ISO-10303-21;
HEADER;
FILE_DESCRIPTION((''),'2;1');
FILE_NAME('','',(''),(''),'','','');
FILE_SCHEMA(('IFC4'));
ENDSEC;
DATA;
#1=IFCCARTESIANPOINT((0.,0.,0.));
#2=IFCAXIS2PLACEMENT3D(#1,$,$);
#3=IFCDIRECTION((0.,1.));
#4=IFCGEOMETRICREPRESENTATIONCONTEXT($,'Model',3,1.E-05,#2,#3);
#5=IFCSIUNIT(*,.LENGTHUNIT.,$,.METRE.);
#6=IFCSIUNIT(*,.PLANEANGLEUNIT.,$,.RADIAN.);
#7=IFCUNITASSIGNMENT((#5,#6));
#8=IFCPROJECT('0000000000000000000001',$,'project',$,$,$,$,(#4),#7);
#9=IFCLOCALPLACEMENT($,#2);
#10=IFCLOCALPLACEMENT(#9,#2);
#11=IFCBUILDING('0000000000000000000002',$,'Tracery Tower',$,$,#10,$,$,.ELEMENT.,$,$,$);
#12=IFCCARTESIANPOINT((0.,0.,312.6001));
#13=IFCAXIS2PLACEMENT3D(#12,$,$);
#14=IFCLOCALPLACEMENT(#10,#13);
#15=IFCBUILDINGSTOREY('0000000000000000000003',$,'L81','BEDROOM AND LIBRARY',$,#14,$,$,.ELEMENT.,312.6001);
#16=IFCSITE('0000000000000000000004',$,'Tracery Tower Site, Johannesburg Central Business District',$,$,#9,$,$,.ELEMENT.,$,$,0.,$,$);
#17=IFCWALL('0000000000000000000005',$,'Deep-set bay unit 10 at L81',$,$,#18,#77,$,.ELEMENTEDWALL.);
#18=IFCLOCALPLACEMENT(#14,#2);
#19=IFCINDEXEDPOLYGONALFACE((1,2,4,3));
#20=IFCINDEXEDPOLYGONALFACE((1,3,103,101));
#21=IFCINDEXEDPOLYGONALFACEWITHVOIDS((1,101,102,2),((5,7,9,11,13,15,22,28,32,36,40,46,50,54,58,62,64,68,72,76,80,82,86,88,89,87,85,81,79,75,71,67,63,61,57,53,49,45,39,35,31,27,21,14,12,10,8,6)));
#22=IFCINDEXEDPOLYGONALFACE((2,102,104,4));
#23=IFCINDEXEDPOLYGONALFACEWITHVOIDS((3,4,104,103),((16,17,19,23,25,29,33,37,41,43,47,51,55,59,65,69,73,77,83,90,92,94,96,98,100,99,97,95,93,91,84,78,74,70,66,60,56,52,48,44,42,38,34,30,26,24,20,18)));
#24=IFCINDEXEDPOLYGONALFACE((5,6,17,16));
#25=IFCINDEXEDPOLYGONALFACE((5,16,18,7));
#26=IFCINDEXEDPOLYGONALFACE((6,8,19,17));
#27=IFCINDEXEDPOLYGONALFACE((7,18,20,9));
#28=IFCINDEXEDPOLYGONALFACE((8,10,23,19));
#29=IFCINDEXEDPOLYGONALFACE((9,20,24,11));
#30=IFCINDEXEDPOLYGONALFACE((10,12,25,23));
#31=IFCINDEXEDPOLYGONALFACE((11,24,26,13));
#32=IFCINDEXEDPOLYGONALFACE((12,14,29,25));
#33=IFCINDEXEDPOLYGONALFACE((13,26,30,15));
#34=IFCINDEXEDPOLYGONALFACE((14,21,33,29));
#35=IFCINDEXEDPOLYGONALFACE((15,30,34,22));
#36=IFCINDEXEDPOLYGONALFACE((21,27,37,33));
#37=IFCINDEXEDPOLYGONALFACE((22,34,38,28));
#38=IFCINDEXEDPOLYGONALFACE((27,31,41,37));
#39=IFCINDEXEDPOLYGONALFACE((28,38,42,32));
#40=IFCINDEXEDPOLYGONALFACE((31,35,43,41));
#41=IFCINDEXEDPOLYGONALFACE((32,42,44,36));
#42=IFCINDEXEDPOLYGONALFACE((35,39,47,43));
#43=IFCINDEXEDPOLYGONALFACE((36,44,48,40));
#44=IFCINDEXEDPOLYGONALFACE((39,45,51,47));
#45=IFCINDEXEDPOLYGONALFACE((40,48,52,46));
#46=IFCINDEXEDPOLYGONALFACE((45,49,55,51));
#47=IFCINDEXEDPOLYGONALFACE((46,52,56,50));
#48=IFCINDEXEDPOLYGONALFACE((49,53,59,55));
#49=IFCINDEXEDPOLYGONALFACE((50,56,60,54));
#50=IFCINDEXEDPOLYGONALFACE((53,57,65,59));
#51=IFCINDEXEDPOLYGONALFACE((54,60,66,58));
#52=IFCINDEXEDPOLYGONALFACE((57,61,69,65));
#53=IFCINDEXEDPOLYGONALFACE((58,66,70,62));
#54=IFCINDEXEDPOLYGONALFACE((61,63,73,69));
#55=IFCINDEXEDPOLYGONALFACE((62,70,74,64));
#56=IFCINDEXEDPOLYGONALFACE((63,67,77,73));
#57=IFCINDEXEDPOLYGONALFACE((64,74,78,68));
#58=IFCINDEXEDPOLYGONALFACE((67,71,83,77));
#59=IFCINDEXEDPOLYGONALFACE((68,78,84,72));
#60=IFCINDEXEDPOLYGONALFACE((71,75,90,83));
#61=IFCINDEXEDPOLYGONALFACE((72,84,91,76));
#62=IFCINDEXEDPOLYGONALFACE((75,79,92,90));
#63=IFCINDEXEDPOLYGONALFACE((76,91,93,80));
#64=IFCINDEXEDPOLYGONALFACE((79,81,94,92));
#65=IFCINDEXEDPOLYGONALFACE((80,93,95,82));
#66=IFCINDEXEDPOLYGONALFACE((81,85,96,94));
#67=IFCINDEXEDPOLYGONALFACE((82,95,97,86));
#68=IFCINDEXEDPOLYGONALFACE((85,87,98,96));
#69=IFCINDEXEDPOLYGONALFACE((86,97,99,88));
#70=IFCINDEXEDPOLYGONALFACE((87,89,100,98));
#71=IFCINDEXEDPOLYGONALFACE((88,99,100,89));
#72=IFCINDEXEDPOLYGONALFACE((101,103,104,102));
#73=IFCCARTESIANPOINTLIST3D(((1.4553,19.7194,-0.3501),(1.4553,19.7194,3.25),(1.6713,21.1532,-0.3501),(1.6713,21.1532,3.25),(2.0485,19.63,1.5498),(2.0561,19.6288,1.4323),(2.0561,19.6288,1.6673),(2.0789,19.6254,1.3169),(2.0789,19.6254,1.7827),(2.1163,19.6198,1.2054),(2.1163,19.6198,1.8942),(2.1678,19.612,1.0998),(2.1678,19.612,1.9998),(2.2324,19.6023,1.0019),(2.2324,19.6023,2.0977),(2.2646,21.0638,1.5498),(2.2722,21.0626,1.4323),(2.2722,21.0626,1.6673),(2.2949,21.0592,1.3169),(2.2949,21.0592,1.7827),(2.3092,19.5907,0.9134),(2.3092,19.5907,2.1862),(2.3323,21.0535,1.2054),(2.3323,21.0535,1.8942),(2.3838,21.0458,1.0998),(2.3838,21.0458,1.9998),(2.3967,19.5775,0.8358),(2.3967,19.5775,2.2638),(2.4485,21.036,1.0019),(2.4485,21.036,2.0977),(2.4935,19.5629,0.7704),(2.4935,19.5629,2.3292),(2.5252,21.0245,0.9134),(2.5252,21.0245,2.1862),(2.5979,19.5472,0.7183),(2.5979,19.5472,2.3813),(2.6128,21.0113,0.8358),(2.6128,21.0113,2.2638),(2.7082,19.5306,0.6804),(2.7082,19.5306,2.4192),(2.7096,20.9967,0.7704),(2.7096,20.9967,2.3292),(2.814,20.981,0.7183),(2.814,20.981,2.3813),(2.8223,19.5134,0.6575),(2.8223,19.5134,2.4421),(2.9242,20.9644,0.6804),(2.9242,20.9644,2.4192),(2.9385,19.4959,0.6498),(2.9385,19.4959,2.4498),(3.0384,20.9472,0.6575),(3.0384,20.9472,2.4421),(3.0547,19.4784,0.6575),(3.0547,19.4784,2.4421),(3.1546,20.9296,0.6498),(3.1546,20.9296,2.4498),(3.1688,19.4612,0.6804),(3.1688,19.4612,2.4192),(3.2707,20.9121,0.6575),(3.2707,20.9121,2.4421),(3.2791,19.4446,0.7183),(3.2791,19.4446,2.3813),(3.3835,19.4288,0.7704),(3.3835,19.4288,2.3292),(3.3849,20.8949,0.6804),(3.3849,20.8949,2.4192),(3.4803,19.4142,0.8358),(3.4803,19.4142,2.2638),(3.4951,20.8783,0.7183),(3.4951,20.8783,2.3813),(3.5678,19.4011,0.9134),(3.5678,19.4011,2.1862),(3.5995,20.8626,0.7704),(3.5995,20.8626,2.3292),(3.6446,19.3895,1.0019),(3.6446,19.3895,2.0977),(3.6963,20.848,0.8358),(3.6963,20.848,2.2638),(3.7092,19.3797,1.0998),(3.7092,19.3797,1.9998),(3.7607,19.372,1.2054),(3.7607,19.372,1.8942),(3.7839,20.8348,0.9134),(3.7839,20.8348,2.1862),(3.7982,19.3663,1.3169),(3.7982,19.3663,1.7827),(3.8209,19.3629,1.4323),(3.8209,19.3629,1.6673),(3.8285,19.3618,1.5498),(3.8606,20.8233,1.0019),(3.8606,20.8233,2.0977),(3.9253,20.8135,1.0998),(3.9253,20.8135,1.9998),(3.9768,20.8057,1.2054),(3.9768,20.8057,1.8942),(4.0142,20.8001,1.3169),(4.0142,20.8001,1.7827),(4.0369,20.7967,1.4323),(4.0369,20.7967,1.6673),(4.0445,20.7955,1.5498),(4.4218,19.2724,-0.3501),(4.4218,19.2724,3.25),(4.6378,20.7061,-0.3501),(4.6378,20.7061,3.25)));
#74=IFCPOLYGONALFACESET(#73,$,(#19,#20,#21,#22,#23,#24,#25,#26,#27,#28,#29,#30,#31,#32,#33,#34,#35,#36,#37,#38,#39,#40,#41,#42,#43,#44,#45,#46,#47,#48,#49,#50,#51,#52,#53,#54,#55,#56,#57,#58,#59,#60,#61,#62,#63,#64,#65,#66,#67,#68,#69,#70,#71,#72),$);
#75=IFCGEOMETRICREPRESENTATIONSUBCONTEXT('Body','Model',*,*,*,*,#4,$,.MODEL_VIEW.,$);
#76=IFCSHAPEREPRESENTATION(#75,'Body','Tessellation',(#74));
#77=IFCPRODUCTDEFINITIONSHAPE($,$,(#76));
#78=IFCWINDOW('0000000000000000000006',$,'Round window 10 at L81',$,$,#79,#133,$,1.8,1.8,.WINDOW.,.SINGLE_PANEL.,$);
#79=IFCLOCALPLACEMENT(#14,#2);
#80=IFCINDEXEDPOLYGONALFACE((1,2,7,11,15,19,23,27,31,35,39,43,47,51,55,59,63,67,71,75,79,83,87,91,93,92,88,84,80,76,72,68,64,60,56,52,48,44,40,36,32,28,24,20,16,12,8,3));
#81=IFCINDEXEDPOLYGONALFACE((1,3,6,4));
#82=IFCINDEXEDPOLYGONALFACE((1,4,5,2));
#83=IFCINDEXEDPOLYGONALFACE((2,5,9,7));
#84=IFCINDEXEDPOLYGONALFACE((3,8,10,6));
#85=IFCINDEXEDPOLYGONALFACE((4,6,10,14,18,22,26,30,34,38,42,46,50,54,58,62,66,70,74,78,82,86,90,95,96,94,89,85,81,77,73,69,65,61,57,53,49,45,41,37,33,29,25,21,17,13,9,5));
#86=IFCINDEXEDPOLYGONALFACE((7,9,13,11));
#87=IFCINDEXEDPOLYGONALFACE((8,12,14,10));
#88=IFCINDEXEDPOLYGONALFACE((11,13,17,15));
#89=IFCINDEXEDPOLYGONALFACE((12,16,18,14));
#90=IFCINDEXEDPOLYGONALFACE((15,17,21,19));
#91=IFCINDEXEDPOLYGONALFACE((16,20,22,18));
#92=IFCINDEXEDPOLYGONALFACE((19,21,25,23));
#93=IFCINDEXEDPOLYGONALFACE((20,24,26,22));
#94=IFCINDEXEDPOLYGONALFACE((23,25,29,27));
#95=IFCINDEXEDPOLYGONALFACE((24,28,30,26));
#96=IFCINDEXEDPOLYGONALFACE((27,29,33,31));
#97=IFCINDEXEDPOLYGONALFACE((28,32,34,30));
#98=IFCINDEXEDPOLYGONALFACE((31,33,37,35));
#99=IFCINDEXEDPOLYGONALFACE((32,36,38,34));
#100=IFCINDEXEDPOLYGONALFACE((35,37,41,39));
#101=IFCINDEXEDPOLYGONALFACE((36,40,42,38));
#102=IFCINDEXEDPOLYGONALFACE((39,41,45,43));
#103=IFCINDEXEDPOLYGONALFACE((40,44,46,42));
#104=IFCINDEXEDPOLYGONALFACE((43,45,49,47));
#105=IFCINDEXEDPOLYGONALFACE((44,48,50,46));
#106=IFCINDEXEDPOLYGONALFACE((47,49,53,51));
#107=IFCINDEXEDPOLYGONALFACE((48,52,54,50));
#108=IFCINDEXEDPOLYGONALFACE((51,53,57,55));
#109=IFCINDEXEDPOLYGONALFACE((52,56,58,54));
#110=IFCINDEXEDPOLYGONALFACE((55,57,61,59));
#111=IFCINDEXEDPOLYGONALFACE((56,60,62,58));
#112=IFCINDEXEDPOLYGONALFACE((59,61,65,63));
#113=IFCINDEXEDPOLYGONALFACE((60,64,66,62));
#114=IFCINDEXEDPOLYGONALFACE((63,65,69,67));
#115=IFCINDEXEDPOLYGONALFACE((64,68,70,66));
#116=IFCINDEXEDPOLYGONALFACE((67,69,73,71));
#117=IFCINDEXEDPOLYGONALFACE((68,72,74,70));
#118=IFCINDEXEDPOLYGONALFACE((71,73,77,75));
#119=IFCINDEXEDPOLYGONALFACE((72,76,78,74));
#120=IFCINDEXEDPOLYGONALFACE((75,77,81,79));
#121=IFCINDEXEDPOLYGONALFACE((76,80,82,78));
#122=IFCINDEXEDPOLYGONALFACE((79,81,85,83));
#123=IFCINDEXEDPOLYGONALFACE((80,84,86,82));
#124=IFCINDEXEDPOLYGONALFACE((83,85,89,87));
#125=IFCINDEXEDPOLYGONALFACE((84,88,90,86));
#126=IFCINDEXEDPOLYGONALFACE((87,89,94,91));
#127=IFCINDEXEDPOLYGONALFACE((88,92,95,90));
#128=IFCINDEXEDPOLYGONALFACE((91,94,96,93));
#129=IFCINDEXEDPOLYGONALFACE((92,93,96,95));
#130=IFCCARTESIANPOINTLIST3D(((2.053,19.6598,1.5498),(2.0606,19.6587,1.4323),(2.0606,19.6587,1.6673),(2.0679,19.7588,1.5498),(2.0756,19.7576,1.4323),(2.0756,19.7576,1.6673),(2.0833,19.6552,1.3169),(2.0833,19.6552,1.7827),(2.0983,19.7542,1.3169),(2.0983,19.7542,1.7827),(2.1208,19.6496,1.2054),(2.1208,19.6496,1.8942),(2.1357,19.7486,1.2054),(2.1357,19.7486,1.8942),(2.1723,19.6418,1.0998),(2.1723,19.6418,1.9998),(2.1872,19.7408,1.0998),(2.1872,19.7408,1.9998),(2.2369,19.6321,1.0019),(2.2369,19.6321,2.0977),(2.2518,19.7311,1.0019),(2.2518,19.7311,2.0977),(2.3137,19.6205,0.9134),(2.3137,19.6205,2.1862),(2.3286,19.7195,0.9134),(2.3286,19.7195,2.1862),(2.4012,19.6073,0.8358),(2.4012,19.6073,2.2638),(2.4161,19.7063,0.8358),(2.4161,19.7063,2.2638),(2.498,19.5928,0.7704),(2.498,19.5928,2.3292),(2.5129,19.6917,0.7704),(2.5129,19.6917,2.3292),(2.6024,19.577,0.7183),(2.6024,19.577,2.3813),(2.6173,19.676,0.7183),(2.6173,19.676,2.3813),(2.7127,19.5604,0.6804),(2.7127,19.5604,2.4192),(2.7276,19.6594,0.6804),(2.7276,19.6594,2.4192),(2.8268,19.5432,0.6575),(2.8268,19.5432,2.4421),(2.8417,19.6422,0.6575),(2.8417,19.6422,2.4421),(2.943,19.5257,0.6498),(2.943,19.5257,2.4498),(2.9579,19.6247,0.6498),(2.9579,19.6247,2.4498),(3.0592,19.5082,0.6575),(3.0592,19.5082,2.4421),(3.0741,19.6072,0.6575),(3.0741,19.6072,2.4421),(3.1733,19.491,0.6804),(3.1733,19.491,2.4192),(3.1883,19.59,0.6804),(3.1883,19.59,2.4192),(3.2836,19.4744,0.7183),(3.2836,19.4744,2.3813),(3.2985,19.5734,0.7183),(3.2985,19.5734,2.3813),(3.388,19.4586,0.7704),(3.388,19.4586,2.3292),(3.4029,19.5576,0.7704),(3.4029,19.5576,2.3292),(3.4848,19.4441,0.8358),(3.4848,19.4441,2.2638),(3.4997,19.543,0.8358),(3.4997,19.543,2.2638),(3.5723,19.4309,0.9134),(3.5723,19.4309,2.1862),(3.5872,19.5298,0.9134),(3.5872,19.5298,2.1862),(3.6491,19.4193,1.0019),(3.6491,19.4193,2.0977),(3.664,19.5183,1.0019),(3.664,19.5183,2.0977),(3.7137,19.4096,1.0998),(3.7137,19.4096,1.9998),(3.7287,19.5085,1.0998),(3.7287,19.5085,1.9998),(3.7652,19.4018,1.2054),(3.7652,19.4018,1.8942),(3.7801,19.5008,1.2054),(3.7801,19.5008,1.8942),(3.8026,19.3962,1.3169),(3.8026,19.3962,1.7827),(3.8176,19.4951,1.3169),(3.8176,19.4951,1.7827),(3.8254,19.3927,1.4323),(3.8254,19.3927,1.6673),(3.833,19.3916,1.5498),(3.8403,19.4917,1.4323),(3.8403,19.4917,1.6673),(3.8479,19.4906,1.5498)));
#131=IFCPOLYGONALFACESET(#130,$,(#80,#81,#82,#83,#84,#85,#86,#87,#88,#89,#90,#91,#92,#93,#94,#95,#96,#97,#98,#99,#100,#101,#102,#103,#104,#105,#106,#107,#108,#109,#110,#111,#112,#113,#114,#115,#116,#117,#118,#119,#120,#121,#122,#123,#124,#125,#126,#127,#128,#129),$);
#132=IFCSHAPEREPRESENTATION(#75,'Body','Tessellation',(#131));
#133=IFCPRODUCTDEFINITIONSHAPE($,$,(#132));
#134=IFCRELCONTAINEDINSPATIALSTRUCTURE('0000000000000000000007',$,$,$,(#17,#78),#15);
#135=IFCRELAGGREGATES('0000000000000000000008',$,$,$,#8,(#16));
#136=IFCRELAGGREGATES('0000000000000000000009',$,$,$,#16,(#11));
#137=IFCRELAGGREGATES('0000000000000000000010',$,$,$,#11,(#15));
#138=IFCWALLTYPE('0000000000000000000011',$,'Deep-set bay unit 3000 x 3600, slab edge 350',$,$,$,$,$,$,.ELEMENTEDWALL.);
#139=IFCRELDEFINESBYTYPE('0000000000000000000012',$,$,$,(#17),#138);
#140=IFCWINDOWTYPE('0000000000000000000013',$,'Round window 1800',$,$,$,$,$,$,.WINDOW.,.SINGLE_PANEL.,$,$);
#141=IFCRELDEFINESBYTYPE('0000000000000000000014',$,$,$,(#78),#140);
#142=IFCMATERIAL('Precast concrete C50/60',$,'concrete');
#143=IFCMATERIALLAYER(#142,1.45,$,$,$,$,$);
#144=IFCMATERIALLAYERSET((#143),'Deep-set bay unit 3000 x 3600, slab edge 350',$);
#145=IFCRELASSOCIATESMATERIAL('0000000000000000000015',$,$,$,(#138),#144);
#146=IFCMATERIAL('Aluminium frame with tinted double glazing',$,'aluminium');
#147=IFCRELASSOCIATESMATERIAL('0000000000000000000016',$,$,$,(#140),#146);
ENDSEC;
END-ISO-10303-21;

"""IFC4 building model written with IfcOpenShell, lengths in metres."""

from ifc_helpers import new_model, si_unit, direction, frame, frame_2d, origin, origin_2d, place, context, subcontext, project, spatial, rectangle, circle, extrude, material, layer, layer_set, type_object, element, fill, save


model = new_model("IFC4")

# Units and contexts
model_context = context("Model", 3, precision=1e-05, world=origin(), true_north=direction((0.0, 1.0)))
body_context = subcontext(model_context, "Body", "Model", "MODEL_VIEW")
ifc_project = project(units=[si_unit("LENGTHUNIT", "METRE"), si_unit("PLANEANGLEUNIT", "RADIAN")], contexts=[model_context])

# Site, building, storey
site_placement = place(None, origin())
site = spatial("IfcSite", under=ifc_project, at=site_placement, Name="Tracery Tower Site, Johannesburg Central Business District", CompositionType="ELEMENT", RefElevation=0.0)
building_placement = place(site_placement, origin())
building = spatial("IfcBuilding", under=site, at=building_placement, Name="Tracery Tower", CompositionType="ELEMENT")
storey_placement = place(building_placement, frame((0.0, 0.0, 312.6001)))
storey = spatial("IfcBuildingStorey", under=building, at=storey_placement, Name="L81", Description="BEDROOM AND LIBRARY", CompositionType="ELEMENT", Elevation=312.6001)

# Wall, opening, window
ifc_material_1 = material(Name="Precast concrete C50/60", Category="concrete")
ifc_layer_1 = layer(ifc_material_1, 1.45)
ifc_layer_set_1 = layer_set([ifc_layer_1], Name="Deep-set bay unit 3000 x 3600, slab edge 350")
wall_type_1 = type_object("IfcWallType", Name="Deep-set bay unit 3000 x 3600, slab edge 350", PredefinedType="ELEMENTEDWALL", material=ifc_layer_set_1)
wall_1_placement = place(storey_placement, frame((4.5298, 19.9893, -0.3501), z_axis=(0.0, 0.0, 1.0), x_axis=(-0.988836, 0.149005, 0.0)))
wall_1 = element("IfcWall", 1, at=wall_1_placement, inside=storey, type_object=wall_type_1, Name="Deep-set bay unit 10 at L81", PredefinedType="ELEMENTEDWALL", context=body_context, shape_type="SweptSolid", body=[
    extrude(rectangle(XDim=3.0, YDim=1.45, at=frame_2d((1.5, 0.0))), origin(), (0.0, 0.0, 1.0), 3.6001),
])
opening_1_placement = place(wall_1_placement, frame((1.5, 0.0, 1.8999)))
opening_1 = element("IfcOpeningElement", 2, at=opening_1_placement, cuts=wall_1, PredefinedType="OPENING", context=body_context, shape_type="SweptSolid", body=[
    extrude(circle(Radius=0.9, at=origin_2d()), frame((0.0, 0.7349, 0.0), z_axis=(0.0, -1.0, 0.0), x_axis=(1.0, 0.0, 0.0)), (0.0, 0.0, 1.0), 1.47),
])
ifc_material_2 = material(Name="Aluminium frame with tinted double glazing", Category="aluminium")
window_type = type_object("IfcWindowType", Name="Round window 1800", PartitioningType="SINGLE_PANEL", PredefinedType="WINDOW", material=ifc_material_2)
window_1_placement = place(opening_1_placement, origin())
window_1 = element("IfcWindow", 3, at=window_1_placement, inside=storey, type_object=window_type, Name="Round window 10 at L81", OverallHeight=1.8, OverallWidth=1.8, PartitioningType="SINGLE_PANEL", PredefinedType="WINDOW", context=body_context, shape_type="SweptSolid", body=[
    extrude(circle(Radius=0.9, at=origin_2d()), frame((0.0, 0.6948, 0.0), z_axis=(0.0, -1.0, 0.0), x_axis=(1.0, 0.0, 0.0)), (0.0, 0.0, 1.0), 0.1001),
])
fill(opening_1, window_1)

save(model, "model.ifc")
